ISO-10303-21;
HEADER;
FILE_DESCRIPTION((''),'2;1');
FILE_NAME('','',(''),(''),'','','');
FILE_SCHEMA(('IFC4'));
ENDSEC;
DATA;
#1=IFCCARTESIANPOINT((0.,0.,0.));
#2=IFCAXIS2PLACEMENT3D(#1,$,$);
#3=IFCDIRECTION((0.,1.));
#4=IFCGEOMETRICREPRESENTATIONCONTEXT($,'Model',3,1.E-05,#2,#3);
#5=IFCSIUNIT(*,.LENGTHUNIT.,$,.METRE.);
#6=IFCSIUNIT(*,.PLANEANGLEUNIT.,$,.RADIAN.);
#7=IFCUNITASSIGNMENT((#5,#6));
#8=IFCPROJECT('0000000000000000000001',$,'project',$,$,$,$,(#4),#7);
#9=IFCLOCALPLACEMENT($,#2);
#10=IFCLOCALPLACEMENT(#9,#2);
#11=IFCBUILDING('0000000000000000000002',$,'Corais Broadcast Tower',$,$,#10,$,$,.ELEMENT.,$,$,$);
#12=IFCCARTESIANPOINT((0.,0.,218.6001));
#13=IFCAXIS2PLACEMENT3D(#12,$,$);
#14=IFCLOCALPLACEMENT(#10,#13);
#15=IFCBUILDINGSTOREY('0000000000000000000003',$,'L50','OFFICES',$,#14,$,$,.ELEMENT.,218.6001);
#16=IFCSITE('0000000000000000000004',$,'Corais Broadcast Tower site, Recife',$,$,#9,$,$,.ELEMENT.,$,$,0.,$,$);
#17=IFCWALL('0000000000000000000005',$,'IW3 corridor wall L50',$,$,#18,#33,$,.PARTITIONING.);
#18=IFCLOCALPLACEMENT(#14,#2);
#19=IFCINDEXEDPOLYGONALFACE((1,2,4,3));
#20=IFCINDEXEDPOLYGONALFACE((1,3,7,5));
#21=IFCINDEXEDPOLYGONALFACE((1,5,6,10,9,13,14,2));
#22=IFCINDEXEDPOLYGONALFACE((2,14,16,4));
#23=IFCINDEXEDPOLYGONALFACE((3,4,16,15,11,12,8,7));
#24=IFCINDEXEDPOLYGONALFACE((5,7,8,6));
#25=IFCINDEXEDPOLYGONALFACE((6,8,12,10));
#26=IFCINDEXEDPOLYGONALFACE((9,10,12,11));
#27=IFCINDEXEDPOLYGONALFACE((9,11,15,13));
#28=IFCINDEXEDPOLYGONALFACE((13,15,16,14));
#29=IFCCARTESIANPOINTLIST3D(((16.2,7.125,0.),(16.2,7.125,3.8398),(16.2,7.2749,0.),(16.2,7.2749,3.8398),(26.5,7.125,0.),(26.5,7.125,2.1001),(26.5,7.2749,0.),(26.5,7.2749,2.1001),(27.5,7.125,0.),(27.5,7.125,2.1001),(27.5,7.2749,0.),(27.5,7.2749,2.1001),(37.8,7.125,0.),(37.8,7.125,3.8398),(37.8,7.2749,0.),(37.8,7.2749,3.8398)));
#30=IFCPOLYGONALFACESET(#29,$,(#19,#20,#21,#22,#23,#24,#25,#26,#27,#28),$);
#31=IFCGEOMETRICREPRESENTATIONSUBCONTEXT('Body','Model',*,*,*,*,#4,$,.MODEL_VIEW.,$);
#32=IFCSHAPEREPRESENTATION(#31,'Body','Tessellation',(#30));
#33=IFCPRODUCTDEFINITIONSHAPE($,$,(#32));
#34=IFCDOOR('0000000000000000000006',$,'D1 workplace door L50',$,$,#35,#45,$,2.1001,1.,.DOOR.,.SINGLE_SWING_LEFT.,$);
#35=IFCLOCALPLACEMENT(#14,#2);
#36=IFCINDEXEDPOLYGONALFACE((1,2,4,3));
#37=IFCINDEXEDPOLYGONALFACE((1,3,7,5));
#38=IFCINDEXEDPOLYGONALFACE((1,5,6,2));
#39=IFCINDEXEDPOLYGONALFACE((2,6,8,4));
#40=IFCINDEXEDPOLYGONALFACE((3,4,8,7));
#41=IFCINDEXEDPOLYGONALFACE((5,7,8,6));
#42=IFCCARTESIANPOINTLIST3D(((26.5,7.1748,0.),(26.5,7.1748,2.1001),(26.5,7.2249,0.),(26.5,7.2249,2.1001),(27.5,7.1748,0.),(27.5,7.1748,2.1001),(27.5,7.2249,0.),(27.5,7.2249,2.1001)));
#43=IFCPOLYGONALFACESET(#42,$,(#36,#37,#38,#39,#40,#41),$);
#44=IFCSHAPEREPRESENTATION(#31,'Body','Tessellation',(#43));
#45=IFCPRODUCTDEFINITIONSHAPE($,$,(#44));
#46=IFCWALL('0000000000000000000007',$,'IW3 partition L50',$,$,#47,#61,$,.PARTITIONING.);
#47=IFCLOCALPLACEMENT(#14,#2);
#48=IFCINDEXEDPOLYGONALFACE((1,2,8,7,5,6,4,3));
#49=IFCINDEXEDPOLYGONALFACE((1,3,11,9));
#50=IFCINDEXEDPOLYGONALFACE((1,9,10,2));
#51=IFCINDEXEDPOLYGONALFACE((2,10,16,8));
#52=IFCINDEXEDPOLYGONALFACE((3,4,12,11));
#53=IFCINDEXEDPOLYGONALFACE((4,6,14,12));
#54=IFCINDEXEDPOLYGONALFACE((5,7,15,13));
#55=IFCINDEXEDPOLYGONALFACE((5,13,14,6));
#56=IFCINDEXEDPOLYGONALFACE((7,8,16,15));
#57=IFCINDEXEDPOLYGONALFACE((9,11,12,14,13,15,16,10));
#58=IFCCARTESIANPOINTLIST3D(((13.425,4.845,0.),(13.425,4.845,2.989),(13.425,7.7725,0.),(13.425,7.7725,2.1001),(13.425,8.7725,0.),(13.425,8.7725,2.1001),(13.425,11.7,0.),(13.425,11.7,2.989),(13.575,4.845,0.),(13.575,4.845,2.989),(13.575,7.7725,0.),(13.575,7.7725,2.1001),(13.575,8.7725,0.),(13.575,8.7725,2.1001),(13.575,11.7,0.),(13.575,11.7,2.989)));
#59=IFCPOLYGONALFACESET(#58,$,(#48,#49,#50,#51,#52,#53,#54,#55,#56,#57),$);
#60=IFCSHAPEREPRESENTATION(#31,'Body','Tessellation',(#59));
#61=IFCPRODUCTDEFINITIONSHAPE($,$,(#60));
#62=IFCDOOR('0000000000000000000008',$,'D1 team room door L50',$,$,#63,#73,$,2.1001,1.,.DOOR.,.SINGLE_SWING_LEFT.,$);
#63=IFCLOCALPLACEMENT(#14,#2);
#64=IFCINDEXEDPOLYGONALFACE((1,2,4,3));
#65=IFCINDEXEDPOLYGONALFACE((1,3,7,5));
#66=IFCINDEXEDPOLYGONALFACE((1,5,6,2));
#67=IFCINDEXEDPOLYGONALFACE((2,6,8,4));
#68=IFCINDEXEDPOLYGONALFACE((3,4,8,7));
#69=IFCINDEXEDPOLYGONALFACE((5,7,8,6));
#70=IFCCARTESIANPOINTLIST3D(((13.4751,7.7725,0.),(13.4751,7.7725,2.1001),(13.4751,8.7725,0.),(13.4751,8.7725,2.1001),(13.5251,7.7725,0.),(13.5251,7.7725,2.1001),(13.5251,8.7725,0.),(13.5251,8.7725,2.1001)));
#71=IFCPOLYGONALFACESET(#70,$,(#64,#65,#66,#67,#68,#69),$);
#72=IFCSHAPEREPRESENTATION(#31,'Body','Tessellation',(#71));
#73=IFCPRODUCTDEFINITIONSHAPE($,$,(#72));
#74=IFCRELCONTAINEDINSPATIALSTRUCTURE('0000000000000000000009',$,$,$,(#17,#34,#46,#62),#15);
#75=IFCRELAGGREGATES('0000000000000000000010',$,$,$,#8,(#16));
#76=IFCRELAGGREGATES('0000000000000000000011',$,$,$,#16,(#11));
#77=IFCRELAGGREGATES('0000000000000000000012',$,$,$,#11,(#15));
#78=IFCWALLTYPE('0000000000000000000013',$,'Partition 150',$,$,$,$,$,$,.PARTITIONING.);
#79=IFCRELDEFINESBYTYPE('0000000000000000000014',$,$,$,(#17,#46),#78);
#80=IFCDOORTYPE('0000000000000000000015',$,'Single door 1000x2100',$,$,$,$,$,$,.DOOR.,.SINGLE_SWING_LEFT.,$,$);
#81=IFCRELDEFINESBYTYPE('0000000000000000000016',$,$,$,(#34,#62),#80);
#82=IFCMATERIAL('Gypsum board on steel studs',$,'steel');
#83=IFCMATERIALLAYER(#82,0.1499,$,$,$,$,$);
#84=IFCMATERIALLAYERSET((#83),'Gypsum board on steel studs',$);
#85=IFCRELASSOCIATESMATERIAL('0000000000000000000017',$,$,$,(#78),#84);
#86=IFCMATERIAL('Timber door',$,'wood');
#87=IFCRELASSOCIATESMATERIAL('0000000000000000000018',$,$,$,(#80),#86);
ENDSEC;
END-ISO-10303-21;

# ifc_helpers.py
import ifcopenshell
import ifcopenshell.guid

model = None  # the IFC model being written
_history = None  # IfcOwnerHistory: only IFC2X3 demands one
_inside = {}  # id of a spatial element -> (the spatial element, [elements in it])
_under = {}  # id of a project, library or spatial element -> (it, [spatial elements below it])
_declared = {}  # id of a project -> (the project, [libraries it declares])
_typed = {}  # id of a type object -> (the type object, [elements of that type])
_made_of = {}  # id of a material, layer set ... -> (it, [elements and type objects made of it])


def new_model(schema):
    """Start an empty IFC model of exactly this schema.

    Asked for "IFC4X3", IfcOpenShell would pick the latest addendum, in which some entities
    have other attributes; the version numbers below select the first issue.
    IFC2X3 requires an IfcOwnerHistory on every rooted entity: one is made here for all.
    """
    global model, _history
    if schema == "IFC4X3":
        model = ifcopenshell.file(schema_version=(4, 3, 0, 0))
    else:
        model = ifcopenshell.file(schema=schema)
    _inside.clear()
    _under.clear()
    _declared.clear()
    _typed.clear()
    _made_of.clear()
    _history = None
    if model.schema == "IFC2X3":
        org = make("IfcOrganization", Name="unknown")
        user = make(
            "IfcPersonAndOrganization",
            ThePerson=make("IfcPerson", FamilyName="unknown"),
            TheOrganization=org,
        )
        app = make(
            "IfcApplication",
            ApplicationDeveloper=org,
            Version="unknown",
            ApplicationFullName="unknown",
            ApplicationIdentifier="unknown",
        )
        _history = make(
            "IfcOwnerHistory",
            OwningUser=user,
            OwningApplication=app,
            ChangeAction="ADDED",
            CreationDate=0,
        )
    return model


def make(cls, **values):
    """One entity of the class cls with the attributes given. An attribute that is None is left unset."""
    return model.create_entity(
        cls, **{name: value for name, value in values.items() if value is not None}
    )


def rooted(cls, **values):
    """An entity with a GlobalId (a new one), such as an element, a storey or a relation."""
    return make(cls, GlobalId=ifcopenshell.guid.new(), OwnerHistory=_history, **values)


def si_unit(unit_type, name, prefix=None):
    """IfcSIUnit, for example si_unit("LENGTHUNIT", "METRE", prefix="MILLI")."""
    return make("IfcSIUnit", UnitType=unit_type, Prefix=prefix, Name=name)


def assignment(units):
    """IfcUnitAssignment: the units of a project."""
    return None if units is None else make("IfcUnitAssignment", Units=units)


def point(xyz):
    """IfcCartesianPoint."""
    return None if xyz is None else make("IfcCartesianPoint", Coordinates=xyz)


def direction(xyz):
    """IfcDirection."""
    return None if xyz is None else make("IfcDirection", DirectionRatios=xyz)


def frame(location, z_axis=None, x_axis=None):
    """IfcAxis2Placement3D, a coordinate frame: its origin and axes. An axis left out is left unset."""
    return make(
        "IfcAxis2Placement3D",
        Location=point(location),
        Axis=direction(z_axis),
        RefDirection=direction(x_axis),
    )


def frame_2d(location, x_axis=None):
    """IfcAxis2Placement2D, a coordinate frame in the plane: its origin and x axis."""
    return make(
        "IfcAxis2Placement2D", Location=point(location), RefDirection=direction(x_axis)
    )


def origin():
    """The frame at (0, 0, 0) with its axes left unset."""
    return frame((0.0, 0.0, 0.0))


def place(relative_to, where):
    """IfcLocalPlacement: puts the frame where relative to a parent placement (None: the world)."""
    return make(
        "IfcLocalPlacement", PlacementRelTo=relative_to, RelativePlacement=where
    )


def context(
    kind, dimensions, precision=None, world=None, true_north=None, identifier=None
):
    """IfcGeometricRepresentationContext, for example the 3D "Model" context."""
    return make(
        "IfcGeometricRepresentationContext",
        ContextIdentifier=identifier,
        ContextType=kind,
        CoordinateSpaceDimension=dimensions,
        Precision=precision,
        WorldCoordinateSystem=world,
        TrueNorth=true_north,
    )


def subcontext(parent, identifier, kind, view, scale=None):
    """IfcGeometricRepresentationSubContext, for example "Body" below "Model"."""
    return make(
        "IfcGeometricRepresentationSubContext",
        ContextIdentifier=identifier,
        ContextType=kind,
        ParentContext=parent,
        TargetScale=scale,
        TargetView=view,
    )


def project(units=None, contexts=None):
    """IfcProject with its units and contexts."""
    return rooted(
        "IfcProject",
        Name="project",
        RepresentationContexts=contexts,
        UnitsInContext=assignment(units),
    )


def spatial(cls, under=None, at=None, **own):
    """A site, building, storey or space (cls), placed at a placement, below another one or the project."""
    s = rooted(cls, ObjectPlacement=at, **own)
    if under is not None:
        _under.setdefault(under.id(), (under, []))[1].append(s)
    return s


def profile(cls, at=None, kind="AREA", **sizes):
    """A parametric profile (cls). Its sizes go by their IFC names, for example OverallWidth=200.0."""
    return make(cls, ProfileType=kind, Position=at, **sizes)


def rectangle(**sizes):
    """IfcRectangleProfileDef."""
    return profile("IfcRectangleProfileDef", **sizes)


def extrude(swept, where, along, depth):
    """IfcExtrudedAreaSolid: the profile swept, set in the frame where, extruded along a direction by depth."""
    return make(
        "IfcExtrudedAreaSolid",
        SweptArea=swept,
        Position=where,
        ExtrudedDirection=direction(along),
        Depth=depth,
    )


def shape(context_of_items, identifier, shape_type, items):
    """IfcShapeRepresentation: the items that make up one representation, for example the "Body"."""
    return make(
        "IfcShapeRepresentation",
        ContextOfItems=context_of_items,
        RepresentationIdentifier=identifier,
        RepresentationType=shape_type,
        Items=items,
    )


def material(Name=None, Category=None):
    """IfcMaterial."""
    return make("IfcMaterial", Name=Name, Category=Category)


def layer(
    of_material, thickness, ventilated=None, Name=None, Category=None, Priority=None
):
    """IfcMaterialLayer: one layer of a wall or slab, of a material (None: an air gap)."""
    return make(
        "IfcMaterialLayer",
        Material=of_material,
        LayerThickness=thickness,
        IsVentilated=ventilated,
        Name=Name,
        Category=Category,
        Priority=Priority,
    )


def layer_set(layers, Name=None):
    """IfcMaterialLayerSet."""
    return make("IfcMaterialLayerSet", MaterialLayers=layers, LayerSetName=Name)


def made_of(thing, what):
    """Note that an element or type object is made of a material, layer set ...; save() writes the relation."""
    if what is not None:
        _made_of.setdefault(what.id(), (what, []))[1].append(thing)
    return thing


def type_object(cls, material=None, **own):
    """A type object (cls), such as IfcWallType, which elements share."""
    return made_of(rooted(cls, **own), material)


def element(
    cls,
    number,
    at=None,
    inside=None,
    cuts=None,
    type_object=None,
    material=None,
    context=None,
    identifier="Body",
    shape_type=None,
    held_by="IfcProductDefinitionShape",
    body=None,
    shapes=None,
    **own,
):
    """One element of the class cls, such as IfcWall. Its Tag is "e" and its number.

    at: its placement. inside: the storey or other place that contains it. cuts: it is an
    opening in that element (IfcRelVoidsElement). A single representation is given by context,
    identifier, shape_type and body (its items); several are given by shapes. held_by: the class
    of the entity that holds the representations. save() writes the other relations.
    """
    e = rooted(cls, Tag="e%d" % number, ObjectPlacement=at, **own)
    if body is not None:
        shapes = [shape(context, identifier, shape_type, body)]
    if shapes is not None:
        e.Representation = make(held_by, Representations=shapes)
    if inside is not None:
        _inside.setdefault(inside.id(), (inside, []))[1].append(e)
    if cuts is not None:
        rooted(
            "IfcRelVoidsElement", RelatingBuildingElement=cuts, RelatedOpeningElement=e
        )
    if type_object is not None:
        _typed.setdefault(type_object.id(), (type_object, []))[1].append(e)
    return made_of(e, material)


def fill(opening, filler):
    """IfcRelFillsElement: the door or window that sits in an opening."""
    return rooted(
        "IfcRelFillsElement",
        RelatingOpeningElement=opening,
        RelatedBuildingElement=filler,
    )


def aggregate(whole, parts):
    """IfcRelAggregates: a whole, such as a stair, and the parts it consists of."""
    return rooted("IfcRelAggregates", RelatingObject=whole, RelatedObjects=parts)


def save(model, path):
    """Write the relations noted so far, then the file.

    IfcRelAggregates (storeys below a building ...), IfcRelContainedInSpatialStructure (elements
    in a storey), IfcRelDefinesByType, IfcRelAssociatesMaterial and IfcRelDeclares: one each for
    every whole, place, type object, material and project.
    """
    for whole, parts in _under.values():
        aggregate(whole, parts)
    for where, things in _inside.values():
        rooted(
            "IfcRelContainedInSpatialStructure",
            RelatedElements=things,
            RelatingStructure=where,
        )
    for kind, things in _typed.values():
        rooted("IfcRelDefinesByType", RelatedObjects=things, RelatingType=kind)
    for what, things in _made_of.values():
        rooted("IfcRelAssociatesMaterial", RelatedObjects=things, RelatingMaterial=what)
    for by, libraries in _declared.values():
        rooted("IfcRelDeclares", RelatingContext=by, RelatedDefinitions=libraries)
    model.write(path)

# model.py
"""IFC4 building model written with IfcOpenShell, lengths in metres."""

from ifc_helpers import new_model, si_unit, direction, frame, frame_2d, origin, place, context, subcontext, project, spatial, rectangle, extrude, material, layer, layer_set, type_object, element, fill, save


model = new_model("IFC4")

# Units and contexts
model_context = context("Model", 3, precision=1e-05, world=origin(), true_north=direction((0.0, 1.0)))
body_context = subcontext(model_context, "Body", "Model", "MODEL_VIEW")
ifc_project = project(units=[si_unit("LENGTHUNIT", "METRE"), si_unit("PLANEANGLEUNIT", "RADIAN")], contexts=[model_context])

# Site, building, storey
site_placement = place(None, origin())
site = spatial("IfcSite", under=ifc_project, at=site_placement, Name="Corais Broadcast Tower site, Recife", CompositionType="ELEMENT", RefElevation=0.0)
building_placement = place(site_placement, origin())
building = spatial("IfcBuilding", under=site, at=building_placement, Name="Corais Broadcast Tower", CompositionType="ELEMENT")
storey_placement = place(building_placement, frame((0.0, 0.0, 218.6001)))
storey = spatial("IfcBuildingStorey", under=building, at=storey_placement, Name="L50", Description="OFFICES", CompositionType="ELEMENT", Elevation=218.6001)

# Walls, openings, doors
ifc_material_1 = material(Name="Gypsum board on steel studs", Category="steel")
ifc_layer_1 = layer(ifc_material_1, 0.1499)
ifc_layer_set_1 = layer_set([ifc_layer_1], Name="Gypsum board on steel studs")
wall_type = type_object("IfcWallType", Name="Partition 150", PredefinedType="PARTITIONING", material=ifc_layer_set_1)
wall_1_placement = place(storey_placement, frame((16.2, 7.2, 0.0), z_axis=(0.0, 0.0, 1.0), x_axis=(1.0, 0.0, 0.0)))
wall_1 = element("IfcWall", 1, at=wall_1_placement, inside=storey, type_object=wall_type, Name="IW3 corridor wall L50", PredefinedType="PARTITIONING", context=body_context, shape_type="SweptSolid", body=[
    extrude(rectangle(XDim=21.6001, YDim=0.1499, at=frame_2d((10.8, 0.0))), origin(), (0.0, 0.0, 1.0), 3.8398),
])
opening_1_placement = place(wall_1_placement, frame((10.3, 0.0, 0.0)))
opening_1 = element("IfcOpeningElement", 2, at=opening_1_placement, cuts=wall_1, PredefinedType="OPENING", context=body_context, shape_type="SweptSolid", body=[
    extrude(rectangle(XDim=1.0, YDim=2.1001, at=frame_2d((0.5, 1.05))), frame((0.0, 0.085, 0.0), z_axis=(0.0, -1.0, 0.0), x_axis=(1.0, 0.0, 0.0)), (0.0, 0.0, 1.0), 0.1699),
])
ifc_material_2 = material(Name="Timber door", Category="wood")
door_type = type_object("IfcDoorType", Name="Single door 1000x2100", OperationType="SINGLE_SWING_LEFT", PredefinedType="DOOR", material=ifc_material_2)
door_1_placement = place(opening_1_placement, origin())
door_1 = element("IfcDoor", 3, at=door_1_placement, inside=storey, type_object=door_type, Name="D1 workplace door L50", OperationType="SINGLE_SWING_LEFT", OverallHeight=2.1001, OverallWidth=1.0, PredefinedType="DOOR", context=body_context, shape_type="SweptSolid", body=[
    extrude(rectangle(XDim=1.0, YDim=2.1001, at=frame_2d((0.5, 1.05))), frame((0.0, 0.0249, 0.0), z_axis=(0.0, -1.0, 0.0), x_axis=(1.0, 0.0, 0.0)), (0.0, 0.0, 1.0), 0.05),
])
fill(opening_1, door_1)
wall_2_placement = place(storey_placement, frame((13.5, 4.845, 0.0), z_axis=(0.0, 0.0, 1.0), x_axis=(0.0, 1.0, 0.0)))
wall_2 = element("IfcWall", 4, at=wall_2_placement, inside=storey, type_object=wall_type, Name="IW3 partition L50", PredefinedType="PARTITIONING", context=body_context, shape_type="SweptSolid", body=[
    extrude(rectangle(XDim=6.855, YDim=0.1499, at=frame_2d((3.4275, 0.0))), origin(), (0.0, 0.0, 1.0), 2.989),
])
opening_2_placement = place(wall_2_placement, frame((2.9275, 0.0, 0.0)))
opening_2 = element("IfcOpeningElement", 5, at=opening_2_placement, cuts=wall_2, PredefinedType="OPENING", context=body_context, shape_type="SweptSolid", body=[
    extrude(rectangle(XDim=1.0, YDim=2.1001, at=frame_2d((0.5, 1.05))), frame((0.0, 0.085, 0.0), z_axis=(0.0, -1.0, 0.0), x_axis=(1.0, 0.0, 0.0)), (0.0, 0.0, 1.0), 0.1699),
])
door_2_placement = place(opening_2_placement, origin())
door_2 = element("IfcDoor", 6, at=door_2_placement, inside=storey, type_object=door_type, Name="D1 team room door L50", OperationType="SINGLE_SWING_LEFT", OverallHeight=2.1001, OverallWidth=1.0, PredefinedType="DOOR", context=body_context, shape_type="SweptSolid", body=[
    extrude(rectangle(XDim=1.0, YDim=2.1001, at=frame_2d((0.5, 1.05))), frame((0.0, 0.0249, 0.0), z_axis=(0.0, -1.0, 0.0), x_axis=(1.0, 0.0, 0.0)), (0.0, 0.0, 1.0), 0.05),
])
fill(opening_2, door_2)

save(model, "model.ifc")
